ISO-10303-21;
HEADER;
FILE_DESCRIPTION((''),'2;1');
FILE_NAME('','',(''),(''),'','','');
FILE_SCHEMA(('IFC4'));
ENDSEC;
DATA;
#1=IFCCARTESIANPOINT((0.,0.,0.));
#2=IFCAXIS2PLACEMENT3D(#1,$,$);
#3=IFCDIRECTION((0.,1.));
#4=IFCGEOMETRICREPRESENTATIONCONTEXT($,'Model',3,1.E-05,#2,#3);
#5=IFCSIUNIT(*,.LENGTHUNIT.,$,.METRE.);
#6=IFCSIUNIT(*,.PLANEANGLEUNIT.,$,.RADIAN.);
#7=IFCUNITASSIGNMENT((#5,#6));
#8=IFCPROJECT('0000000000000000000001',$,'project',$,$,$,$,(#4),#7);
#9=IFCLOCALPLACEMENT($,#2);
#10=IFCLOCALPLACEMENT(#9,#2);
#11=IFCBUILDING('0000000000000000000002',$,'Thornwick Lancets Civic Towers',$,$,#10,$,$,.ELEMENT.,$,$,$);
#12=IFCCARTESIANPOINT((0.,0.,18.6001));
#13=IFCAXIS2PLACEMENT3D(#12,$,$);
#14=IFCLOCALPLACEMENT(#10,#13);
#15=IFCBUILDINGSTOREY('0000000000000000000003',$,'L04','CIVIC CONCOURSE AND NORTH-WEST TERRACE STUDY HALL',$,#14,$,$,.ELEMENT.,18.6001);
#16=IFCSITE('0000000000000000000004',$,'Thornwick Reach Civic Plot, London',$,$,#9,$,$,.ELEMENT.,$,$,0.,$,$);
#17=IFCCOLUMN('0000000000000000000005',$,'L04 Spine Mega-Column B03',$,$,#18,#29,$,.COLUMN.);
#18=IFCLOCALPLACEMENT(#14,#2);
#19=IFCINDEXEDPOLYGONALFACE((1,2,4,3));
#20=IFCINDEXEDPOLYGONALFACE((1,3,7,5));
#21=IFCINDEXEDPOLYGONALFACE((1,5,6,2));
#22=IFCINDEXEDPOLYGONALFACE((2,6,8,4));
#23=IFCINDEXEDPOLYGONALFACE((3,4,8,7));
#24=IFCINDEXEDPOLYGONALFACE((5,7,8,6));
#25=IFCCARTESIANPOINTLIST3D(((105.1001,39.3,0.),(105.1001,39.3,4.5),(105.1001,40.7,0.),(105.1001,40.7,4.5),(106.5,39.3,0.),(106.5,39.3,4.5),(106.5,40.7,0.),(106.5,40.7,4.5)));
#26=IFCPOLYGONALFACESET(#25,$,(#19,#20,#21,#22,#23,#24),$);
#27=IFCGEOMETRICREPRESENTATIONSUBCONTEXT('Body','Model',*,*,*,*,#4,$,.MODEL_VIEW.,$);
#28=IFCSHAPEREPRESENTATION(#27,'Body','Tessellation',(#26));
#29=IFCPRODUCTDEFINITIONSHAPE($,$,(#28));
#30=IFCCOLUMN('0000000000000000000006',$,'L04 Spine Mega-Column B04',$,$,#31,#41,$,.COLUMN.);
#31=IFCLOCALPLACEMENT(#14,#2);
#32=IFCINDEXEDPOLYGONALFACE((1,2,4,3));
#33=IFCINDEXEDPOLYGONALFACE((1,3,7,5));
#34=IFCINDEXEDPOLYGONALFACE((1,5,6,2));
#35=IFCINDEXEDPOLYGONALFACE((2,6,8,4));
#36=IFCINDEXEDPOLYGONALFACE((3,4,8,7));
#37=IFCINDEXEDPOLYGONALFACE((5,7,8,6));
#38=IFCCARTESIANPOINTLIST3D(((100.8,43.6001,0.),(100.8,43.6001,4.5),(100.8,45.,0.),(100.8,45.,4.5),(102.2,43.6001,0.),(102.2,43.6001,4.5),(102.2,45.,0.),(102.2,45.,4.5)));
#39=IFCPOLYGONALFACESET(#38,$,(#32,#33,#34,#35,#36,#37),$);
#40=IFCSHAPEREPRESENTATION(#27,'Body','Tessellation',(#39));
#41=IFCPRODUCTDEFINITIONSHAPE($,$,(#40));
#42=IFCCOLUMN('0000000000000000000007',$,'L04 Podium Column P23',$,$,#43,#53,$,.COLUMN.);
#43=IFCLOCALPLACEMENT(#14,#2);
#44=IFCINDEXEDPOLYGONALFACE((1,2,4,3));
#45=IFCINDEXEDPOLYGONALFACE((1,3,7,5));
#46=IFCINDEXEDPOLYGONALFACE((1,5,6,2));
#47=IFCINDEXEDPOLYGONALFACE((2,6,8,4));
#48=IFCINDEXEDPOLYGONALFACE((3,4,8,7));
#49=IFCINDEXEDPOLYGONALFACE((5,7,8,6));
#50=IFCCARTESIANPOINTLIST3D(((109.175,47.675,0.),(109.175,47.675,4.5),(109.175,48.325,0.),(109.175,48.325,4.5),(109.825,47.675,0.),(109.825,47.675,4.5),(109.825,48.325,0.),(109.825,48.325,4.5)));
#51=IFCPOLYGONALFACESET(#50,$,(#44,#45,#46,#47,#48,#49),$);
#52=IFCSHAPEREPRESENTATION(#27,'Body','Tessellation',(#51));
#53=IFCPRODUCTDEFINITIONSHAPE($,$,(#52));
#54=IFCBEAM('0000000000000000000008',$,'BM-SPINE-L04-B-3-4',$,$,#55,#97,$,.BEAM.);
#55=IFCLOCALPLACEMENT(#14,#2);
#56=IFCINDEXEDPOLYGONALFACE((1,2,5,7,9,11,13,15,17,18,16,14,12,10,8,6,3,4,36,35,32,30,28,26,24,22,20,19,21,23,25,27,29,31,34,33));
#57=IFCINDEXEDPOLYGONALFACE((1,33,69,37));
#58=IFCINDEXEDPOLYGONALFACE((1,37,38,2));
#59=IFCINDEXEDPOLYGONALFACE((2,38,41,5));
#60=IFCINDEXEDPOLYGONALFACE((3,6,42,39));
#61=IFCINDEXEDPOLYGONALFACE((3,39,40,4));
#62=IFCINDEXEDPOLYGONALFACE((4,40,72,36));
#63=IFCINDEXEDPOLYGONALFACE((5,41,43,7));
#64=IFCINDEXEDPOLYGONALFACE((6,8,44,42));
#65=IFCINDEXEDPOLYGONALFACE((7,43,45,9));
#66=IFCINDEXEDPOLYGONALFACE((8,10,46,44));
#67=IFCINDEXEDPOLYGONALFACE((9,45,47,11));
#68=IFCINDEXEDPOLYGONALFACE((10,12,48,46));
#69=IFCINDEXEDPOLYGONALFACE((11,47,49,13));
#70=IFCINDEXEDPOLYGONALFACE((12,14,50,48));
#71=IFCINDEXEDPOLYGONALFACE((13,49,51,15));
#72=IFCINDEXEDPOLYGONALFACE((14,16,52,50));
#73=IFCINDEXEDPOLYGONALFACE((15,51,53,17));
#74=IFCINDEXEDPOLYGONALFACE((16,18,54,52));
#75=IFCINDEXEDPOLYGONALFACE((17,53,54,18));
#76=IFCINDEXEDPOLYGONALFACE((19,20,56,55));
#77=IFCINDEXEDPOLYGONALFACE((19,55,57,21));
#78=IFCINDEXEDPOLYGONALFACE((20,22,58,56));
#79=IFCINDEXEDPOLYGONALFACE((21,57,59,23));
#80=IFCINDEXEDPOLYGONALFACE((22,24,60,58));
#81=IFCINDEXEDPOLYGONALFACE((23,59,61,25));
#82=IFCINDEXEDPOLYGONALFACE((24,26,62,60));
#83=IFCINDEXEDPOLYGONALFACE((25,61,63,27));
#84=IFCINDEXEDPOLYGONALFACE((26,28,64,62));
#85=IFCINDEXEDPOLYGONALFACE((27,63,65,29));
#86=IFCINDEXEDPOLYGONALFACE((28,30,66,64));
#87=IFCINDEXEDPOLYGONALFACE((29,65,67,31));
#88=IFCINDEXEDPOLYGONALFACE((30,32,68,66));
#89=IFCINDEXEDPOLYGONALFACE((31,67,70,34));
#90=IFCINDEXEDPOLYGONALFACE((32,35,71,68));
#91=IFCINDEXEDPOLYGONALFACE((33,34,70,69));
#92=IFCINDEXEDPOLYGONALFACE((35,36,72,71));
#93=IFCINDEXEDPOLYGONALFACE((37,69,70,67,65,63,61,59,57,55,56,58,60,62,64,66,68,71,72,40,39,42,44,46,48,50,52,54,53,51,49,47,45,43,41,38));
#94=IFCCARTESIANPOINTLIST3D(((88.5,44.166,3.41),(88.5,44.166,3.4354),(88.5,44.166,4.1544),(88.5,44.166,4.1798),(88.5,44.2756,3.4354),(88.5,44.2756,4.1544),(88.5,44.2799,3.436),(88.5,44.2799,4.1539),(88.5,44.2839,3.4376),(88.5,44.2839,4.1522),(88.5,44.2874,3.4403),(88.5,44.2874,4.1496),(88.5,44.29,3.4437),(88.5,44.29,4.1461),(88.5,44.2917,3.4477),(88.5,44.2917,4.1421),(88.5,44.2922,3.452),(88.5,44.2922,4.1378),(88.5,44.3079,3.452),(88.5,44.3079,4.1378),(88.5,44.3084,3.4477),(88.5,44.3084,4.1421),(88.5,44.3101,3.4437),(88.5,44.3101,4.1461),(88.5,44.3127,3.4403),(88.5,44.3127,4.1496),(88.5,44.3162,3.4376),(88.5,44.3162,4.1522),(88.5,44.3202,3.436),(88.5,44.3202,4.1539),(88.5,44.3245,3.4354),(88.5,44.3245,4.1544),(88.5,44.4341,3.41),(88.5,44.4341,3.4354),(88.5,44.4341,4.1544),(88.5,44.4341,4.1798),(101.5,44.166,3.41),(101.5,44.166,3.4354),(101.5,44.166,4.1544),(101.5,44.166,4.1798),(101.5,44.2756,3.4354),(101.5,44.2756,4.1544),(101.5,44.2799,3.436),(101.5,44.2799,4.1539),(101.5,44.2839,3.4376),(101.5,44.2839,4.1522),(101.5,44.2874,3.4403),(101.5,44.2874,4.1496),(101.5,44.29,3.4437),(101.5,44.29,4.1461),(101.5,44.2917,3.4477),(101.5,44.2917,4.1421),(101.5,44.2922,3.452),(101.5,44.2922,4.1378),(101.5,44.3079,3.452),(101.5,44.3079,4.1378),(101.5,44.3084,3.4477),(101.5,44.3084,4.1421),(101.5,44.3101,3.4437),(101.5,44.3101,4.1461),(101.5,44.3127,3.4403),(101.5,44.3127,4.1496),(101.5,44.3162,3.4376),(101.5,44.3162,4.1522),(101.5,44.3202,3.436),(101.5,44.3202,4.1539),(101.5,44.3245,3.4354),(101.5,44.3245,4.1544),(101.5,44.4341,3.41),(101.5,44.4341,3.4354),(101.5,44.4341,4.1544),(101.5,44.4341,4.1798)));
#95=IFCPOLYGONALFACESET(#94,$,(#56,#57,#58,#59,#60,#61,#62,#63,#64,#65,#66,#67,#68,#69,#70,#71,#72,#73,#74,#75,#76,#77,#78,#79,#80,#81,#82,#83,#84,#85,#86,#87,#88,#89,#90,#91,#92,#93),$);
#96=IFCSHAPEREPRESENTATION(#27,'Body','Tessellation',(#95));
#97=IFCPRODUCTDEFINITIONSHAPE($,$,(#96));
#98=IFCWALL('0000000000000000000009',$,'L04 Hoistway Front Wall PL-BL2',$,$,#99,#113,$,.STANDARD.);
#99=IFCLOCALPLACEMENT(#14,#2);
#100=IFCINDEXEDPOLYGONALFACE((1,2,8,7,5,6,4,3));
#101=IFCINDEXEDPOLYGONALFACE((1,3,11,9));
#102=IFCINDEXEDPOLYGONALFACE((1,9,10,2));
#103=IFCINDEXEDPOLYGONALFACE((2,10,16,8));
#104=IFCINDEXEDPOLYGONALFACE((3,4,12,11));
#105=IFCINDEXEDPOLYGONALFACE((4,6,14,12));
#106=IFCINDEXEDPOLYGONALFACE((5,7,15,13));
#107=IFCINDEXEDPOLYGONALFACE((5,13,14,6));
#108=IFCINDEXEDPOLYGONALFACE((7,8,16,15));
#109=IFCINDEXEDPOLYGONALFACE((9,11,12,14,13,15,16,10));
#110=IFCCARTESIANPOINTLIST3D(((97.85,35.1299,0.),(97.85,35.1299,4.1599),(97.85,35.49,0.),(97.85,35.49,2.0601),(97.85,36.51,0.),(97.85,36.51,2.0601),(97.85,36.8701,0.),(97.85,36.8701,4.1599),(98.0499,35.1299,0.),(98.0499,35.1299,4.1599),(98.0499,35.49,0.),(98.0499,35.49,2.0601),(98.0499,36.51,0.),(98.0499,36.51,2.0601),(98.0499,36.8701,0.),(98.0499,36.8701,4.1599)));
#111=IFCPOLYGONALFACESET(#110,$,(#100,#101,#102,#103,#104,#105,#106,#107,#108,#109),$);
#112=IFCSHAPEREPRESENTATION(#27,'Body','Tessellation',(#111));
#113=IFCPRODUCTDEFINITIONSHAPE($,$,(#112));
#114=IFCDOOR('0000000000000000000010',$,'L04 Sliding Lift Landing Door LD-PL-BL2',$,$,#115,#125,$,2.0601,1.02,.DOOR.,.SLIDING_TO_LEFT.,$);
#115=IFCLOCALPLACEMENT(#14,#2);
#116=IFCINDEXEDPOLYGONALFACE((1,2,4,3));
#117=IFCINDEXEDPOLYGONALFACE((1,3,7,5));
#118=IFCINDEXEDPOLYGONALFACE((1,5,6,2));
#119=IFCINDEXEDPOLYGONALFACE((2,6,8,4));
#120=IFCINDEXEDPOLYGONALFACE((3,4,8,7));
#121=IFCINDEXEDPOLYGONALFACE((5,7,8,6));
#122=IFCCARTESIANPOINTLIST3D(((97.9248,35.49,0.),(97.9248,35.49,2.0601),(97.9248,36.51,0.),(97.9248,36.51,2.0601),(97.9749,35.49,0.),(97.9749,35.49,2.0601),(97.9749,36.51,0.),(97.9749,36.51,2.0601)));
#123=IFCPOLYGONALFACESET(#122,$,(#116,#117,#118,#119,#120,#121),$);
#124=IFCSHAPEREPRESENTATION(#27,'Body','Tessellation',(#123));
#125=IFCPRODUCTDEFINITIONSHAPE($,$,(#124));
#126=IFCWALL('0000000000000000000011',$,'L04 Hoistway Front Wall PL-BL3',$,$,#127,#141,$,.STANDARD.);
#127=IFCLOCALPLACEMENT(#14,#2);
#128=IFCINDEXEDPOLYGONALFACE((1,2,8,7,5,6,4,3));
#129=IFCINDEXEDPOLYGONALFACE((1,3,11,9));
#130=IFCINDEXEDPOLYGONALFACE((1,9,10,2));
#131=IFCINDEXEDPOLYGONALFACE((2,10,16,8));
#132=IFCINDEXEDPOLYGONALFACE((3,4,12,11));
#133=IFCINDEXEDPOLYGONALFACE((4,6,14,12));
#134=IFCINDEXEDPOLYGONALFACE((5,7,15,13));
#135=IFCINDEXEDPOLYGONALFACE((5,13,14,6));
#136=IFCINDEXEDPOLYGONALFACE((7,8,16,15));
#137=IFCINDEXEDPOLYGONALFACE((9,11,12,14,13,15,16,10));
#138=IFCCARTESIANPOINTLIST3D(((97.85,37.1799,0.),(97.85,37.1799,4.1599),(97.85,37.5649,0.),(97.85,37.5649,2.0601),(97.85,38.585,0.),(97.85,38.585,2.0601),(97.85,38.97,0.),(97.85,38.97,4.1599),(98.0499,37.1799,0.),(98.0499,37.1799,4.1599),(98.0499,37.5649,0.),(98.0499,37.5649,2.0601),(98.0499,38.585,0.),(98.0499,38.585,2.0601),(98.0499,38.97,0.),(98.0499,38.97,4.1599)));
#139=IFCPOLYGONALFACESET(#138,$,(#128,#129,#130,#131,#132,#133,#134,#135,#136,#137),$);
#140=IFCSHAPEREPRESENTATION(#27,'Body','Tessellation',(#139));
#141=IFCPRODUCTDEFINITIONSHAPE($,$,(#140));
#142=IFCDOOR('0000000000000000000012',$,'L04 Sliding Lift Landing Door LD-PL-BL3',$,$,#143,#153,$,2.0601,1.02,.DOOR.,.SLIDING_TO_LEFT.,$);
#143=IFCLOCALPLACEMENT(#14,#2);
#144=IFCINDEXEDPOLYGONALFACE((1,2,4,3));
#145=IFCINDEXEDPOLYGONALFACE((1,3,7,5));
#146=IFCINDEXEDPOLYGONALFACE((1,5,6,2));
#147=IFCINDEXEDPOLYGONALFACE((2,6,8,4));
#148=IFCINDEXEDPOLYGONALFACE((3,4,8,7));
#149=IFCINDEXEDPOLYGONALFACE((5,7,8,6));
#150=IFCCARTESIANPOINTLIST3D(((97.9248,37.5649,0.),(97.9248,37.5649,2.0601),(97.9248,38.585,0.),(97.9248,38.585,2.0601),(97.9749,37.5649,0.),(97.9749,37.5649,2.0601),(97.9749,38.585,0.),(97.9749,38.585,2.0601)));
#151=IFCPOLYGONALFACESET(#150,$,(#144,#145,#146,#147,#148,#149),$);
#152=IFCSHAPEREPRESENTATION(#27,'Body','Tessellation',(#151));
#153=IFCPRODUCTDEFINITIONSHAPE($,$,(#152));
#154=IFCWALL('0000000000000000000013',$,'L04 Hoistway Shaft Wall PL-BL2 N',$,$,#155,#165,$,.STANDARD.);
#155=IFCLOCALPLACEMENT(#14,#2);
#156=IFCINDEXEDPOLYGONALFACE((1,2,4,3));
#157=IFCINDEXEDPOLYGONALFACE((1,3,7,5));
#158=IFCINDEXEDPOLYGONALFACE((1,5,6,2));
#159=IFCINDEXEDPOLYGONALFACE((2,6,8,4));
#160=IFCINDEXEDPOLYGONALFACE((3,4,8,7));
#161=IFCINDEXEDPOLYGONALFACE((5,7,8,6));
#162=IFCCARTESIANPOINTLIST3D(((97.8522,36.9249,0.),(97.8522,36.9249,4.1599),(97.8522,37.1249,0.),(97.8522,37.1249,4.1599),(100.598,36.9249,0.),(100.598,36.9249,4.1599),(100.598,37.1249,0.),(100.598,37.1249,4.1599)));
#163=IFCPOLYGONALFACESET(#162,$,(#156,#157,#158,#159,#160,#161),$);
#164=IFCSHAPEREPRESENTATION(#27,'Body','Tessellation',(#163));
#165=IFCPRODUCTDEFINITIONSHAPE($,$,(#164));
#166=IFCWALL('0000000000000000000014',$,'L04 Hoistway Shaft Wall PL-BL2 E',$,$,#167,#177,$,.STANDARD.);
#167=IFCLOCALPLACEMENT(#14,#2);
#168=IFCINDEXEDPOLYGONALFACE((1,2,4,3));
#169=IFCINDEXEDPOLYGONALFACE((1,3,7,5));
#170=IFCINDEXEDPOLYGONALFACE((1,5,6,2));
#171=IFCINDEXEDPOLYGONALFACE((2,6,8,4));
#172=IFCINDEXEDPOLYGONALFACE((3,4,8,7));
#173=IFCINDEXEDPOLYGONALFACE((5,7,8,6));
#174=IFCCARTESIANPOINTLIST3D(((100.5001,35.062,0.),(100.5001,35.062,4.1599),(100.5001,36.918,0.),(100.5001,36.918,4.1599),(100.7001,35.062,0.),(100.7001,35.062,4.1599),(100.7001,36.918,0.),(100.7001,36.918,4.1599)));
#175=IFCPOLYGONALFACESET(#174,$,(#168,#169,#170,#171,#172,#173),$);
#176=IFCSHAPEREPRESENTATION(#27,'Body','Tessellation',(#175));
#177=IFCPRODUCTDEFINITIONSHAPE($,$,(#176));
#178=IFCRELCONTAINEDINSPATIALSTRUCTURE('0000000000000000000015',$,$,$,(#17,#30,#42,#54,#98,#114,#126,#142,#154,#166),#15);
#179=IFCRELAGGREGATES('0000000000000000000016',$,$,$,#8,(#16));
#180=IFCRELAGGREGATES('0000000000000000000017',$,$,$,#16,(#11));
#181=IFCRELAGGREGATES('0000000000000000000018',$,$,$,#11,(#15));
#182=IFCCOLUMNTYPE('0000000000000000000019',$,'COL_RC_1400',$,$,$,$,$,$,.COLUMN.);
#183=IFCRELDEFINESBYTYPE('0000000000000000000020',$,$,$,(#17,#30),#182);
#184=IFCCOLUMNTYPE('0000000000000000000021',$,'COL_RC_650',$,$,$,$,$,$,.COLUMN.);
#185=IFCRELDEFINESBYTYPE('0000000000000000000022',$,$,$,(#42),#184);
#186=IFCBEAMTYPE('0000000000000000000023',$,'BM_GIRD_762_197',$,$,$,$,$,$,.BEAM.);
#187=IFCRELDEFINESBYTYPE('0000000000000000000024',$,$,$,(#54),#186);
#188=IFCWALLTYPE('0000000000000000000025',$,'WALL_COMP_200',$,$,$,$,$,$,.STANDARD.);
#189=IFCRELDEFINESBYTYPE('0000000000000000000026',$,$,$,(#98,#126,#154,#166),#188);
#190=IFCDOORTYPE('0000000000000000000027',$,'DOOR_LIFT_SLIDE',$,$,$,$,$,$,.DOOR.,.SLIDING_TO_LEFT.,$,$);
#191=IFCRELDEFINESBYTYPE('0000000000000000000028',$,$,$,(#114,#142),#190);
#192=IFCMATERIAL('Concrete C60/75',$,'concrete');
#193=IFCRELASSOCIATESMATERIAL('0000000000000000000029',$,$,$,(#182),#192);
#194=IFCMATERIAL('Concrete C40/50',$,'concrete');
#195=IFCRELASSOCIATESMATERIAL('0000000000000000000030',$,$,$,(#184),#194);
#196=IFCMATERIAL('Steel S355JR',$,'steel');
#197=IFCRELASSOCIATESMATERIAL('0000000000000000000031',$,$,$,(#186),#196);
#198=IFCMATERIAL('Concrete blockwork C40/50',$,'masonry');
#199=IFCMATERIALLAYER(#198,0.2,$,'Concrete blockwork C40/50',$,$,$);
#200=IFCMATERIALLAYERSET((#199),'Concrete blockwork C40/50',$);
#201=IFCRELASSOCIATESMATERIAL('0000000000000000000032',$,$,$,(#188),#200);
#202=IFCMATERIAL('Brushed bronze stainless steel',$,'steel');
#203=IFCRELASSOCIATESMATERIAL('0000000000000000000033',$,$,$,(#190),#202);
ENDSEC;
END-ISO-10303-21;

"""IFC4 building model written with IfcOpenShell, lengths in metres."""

from ifc_helpers import new_model, si_unit, direction, frame, frame_2d, origin, origin_2d, place, context, subcontext, project, spatial, rectangle, i_section, extrude, material, layer, layer_set, material_profile, profile_set, type_object, element, fill, save


model = new_model("IFC4")

# Units and contexts
model_context = context("Model", 3, precision=1e-05, world=origin(), true_north=direction((0.0, 1.0)))
body_context = subcontext(model_context, "Body", "Model", "MODEL_VIEW")
ifc_project = project(units=[si_unit("LENGTHUNIT", "METRE"), si_unit("PLANEANGLEUNIT", "RADIAN")], contexts=[model_context])

# Site, building, storey
site_placement = place(None, origin())
site = spatial("IfcSite", under=ifc_project, at=site_placement, Name="Thornwick Reach Civic Plot, London", CompositionType="ELEMENT", RefElevation=0.0)
building_placement = place(site_placement, origin())
building = spatial("IfcBuilding", under=site, at=building_placement, Name="Thornwick Lancets Civic Towers", CompositionType="ELEMENT")
storey_placement = place(building_placement, frame((0.0, 0.0, 18.6001)))
storey = spatial("IfcBuildingStorey", under=building, at=storey_placement, Name="L04", Description="CIVIC CONCOURSE AND NORTH-WEST TERRACE STUDY HALL", CompositionType="ELEMENT", Elevation=18.6001)

# Columns
ifc_material_1 = material(Name="Concrete C60/75", Category="concrete")
ifc_material_profile_1 = material_profile(ifc_material_1, rectangle(XDim=1.3999, YDim=1.3999, at=origin_2d()), Name="RC 1400x1400")
ifc_profile_set_1 = profile_set([ifc_material_profile_1], Name="Concrete C60/75")
column_type_1 = type_object("IfcColumnType", Name="COL_RC_1400", PredefinedType="COLUMN", material=ifc_profile_set_1)
for number, where, z_axis, x_axis, name in (
    (1, (105.8, 40.0, 0.0), (0.0, 0.0, 1.0), (1.0, 0.0, 0.0), "L04 Spine Mega-Column B03"),
    (2, (101.5, 44.3, 0.0), (0.0, 0.0, 1.0), (1.0, 0.0, 0.0), "L04 Spine Mega-Column B04"),
):
    element("IfcColumn", number, at=place(storey_placement, frame(where, z_axis=z_axis, x_axis=x_axis)), inside=storey, type_object=column_type_1, Name=name, PredefinedType="COLUMN", context=body_context, shape_type="SweptSolid", body=[
        extrude(rectangle(XDim=1.3999, YDim=1.3999, at=origin_2d()), origin(), (0.0, 0.0, 1.0), 4.5),
    ])
ifc_material_2 = material(Name="Concrete C40/50", Category="concrete")
ifc_material_profile_2 = material_profile(ifc_material_2, rectangle(XDim=0.6499, YDim=0.6499, at=origin_2d()), Name="RC 650x650")
ifc_profile_set_2 = profile_set([ifc_material_profile_2], Name="Concrete C40/50")
column_type_2 = type_object("IfcColumnType", Name="COL_RC_650", PredefinedType="COLUMN", material=ifc_profile_set_2)
column_placement = place(storey_placement, frame((109.5, 48.0, 0.0), z_axis=(0.0, 0.0, 1.0), x_axis=(1.0, 0.0, 0.0)))
element("IfcColumn", 3, at=column_placement, inside=storey, type_object=column_type_2, Name="L04 Podium Column P23", PredefinedType="COLUMN", context=body_context, shape_type="SweptSolid", body=[
    extrude(rectangle(XDim=0.6499, YDim=0.6499, at=origin_2d()), origin(), (0.0, 0.0, 1.0), 4.5),
])

# Beam
ifc_material_3 = material(Name="Steel S355JR", Category="steel")
ifc_material_profile_3 = material_profile(ifc_material_3, i_section(OverallWidth=0.2681, OverallDepth=0.7698, WebThickness=0.0156, FlangeThickness=0.0254, FilletRadius=0.0166, at=origin_2d()), Name="UKB 762x267x197")
ifc_profile_set_3 = profile_set([ifc_material_profile_3], Name="Steel S355JR")
beam_type = type_object("IfcBeamType", Name="BM_GIRD_762_197", PredefinedType="BEAM", material=ifc_profile_set_3)
beam_placement = place(storey_placement, frame((101.5, 44.3, 3.7949), z_axis=(-1.0, 0.0, 0.0), x_axis=(0.0, -1.0, 0.0)))
element("IfcBeam", 4, at=beam_placement, inside=storey, type_object=beam_type, Name="BM-SPINE-L04-B-3-4", PredefinedType="BEAM", context=body_context, shape_type="SweptSolid", body=[
    extrude(i_section(OverallWidth=0.2681, OverallDepth=0.7698, WebThickness=0.0156, FlangeThickness=0.0254, FilletRadius=0.0166, at=origin_2d()), origin(), (0.0, 0.0, 1.0), 13.0),
])

# Walls, openings, doors
ifc_material_4 = material(Name="Concrete blockwork C40/50", Category="masonry")
ifc_layer_1 = layer(ifc_material_4, 0.2, Name="Concrete blockwork C40/50")
ifc_layer_set_1 = layer_set([ifc_layer_1], Name="Concrete blockwork C40/50")
wall_type_1 = type_object("IfcWallType", Name="WALL_COMP_200", PredefinedType="STANDARD", material=ifc_layer_set_1)
wall_1_placement = place(storey_placement, frame((97.95, 36.8701, 0.0), z_axis=(0.0, 0.0, 1.0), x_axis=(0.0, -1.0, 0.0)))
wall_1 = element("IfcWall", 5, at=wall_1_placement, inside=storey, type_object=wall_type_1, Name="L04 Hoistway Front Wall PL-BL2", PredefinedType="STANDARD", context=body_context, shape_type="SweptSolid", body=[
    extrude(rectangle(XDim=1.7402, YDim=0.2, at=frame_2d((0.8701, 0.0))), origin(), (0.0, 0.0, 1.0), 4.1599),
])
opening_1_placement = place(wall_1_placement, frame((0.3601, 0.0, 0.0)))
opening_1 = element("IfcOpeningElement", 6, at=opening_1_placement, cuts=wall_1, PredefinedType="OPENING", context=body_context, shape_type="SweptSolid", body=[
    extrude(rectangle(XDim=1.02, YDim=2.0601, at=frame_2d((0.51, 1.03))), frame((0.0, 0.1099, 0.0), z_axis=(0.0, -1.0, 0.0), x_axis=(1.0, 0.0, 0.0)), (0.0, 0.0, 1.0), 0.22),
])
ifc_material_5 = material(Name="Brushed bronze stainless steel", Category="steel")
door_type_1 = type_object("IfcDoorType", Name="DOOR_LIFT_SLIDE", OperationType="SLIDING_TO_LEFT", PredefinedType="DOOR", material=ifc_material_5)
door_1_placement = place(opening_1_placement, origin())
door_1 = element("IfcDoor", 7, at=door_1_placement, inside=storey, type_object=door_type_1, Name="L04 Sliding Lift Landing Door LD-PL-BL2", OperationType="SLIDING_TO_LEFT", OverallHeight=2.0601, OverallWidth=1.02, PredefinedType="DOOR", context=body_context, shape_type="SweptSolid", body=[
    extrude(rectangle(XDim=1.02, YDim=2.0601, at=frame_2d((0.51, 1.03))), frame((0.0, 0.0249, 0.0), z_axis=(0.0, -1.0, 0.0), x_axis=(1.0, 0.0, 0.0)), (0.0, 0.0, 1.0), 0.05),
])
fill(opening_1, door_1)
wall_2_placement = place(storey_placement, frame((97.95, 38.97, 0.0), z_axis=(0.0, 0.0, 1.0), x_axis=(0.0, -1.0, 0.0)))
wall_2 = element("IfcWall", 8, at=wall_2_placement, inside=storey, type_object=wall_type_1, Name="L04 Hoistway Front Wall PL-BL3", PredefinedType="STANDARD", context=body_context, shape_type="SweptSolid", body=[
    extrude(rectangle(XDim=1.79, YDim=0.2, at=frame_2d((0.895, 0.0))), origin(), (0.0, 0.0, 1.0), 4.1599),
])
opening_2_placement = place(wall_2_placement, frame((0.385, 0.0, 0.0)))
opening_2 = element("IfcOpeningElement", 9, at=opening_2_placement, cuts=wall_2, PredefinedType="OPENING", context=body_context, shape_type="SweptSolid", body=[
    extrude(rectangle(XDim=1.02, YDim=2.0601, at=frame_2d((0.51, 1.03))), frame((0.0, 0.1099, 0.0), z_axis=(0.0, -1.0, 0.0), x_axis=(1.0, 0.0, 0.0)), (0.0, 0.0, 1.0), 0.22),
])
door_2_placement = place(opening_2_placement, origin())
door_2 = element("IfcDoor", 10, at=door_2_placement, inside=storey, type_object=door_type_1, Name="L04 Sliding Lift Landing Door LD-PL-BL3", OperationType="SLIDING_TO_LEFT", OverallHeight=2.0601, OverallWidth=1.02, PredefinedType="DOOR", context=body_context, shape_type="SweptSolid", body=[
    extrude(rectangle(XDim=1.02, YDim=2.0601, at=frame_2d((0.51, 1.03))), frame((0.0, 0.0249, 0.0), z_axis=(0.0, -1.0, 0.0), x_axis=(1.0, 0.0, 0.0)), (0.0, 0.0, 1.0), 0.05),
])
fill(opening_2, door_2)

# Walls
wall_3_placement = place(storey_placement, frame((97.8521, 37.0249, 0.0), z_axis=(0.0, 0.0, 1.0), x_axis=(1.0, 0.0, 0.0)))
element("IfcWall", 11, at=wall_3_placement, inside=storey, type_object=wall_type_1, Name="L04 Hoistway Shaft Wall PL-BL2 N", PredefinedType="STANDARD", context=body_context, shape_type="SweptSolid", body=[
    extrude(rectangle(XDim=2.7458, YDim=0.2, at=frame_2d((1.373, 0.0))), origin(), (0.0, 0.0, 1.0), 4.1599),
])
wall_4_placement = place(storey_placement, frame((100.6001, 35.062, 0.0), z_axis=(0.0, 0.0, 1.0), x_axis=(0.0, 1.0, 0.0)))
element("IfcWall", 12, at=wall_4_placement, inside=storey, type_object=wall_type_1, Name="L04 Hoistway Shaft Wall PL-BL2 E", PredefinedType="STANDARD", context=body_context, shape_type="SweptSolid", body=[
    extrude(rectangle(XDim=1.856, YDim=0.2, at=frame_2d((0.928, 0.0))), origin(), (0.0, 0.0, 1.0), 4.1599),
])

save(model, "model.ifc")
